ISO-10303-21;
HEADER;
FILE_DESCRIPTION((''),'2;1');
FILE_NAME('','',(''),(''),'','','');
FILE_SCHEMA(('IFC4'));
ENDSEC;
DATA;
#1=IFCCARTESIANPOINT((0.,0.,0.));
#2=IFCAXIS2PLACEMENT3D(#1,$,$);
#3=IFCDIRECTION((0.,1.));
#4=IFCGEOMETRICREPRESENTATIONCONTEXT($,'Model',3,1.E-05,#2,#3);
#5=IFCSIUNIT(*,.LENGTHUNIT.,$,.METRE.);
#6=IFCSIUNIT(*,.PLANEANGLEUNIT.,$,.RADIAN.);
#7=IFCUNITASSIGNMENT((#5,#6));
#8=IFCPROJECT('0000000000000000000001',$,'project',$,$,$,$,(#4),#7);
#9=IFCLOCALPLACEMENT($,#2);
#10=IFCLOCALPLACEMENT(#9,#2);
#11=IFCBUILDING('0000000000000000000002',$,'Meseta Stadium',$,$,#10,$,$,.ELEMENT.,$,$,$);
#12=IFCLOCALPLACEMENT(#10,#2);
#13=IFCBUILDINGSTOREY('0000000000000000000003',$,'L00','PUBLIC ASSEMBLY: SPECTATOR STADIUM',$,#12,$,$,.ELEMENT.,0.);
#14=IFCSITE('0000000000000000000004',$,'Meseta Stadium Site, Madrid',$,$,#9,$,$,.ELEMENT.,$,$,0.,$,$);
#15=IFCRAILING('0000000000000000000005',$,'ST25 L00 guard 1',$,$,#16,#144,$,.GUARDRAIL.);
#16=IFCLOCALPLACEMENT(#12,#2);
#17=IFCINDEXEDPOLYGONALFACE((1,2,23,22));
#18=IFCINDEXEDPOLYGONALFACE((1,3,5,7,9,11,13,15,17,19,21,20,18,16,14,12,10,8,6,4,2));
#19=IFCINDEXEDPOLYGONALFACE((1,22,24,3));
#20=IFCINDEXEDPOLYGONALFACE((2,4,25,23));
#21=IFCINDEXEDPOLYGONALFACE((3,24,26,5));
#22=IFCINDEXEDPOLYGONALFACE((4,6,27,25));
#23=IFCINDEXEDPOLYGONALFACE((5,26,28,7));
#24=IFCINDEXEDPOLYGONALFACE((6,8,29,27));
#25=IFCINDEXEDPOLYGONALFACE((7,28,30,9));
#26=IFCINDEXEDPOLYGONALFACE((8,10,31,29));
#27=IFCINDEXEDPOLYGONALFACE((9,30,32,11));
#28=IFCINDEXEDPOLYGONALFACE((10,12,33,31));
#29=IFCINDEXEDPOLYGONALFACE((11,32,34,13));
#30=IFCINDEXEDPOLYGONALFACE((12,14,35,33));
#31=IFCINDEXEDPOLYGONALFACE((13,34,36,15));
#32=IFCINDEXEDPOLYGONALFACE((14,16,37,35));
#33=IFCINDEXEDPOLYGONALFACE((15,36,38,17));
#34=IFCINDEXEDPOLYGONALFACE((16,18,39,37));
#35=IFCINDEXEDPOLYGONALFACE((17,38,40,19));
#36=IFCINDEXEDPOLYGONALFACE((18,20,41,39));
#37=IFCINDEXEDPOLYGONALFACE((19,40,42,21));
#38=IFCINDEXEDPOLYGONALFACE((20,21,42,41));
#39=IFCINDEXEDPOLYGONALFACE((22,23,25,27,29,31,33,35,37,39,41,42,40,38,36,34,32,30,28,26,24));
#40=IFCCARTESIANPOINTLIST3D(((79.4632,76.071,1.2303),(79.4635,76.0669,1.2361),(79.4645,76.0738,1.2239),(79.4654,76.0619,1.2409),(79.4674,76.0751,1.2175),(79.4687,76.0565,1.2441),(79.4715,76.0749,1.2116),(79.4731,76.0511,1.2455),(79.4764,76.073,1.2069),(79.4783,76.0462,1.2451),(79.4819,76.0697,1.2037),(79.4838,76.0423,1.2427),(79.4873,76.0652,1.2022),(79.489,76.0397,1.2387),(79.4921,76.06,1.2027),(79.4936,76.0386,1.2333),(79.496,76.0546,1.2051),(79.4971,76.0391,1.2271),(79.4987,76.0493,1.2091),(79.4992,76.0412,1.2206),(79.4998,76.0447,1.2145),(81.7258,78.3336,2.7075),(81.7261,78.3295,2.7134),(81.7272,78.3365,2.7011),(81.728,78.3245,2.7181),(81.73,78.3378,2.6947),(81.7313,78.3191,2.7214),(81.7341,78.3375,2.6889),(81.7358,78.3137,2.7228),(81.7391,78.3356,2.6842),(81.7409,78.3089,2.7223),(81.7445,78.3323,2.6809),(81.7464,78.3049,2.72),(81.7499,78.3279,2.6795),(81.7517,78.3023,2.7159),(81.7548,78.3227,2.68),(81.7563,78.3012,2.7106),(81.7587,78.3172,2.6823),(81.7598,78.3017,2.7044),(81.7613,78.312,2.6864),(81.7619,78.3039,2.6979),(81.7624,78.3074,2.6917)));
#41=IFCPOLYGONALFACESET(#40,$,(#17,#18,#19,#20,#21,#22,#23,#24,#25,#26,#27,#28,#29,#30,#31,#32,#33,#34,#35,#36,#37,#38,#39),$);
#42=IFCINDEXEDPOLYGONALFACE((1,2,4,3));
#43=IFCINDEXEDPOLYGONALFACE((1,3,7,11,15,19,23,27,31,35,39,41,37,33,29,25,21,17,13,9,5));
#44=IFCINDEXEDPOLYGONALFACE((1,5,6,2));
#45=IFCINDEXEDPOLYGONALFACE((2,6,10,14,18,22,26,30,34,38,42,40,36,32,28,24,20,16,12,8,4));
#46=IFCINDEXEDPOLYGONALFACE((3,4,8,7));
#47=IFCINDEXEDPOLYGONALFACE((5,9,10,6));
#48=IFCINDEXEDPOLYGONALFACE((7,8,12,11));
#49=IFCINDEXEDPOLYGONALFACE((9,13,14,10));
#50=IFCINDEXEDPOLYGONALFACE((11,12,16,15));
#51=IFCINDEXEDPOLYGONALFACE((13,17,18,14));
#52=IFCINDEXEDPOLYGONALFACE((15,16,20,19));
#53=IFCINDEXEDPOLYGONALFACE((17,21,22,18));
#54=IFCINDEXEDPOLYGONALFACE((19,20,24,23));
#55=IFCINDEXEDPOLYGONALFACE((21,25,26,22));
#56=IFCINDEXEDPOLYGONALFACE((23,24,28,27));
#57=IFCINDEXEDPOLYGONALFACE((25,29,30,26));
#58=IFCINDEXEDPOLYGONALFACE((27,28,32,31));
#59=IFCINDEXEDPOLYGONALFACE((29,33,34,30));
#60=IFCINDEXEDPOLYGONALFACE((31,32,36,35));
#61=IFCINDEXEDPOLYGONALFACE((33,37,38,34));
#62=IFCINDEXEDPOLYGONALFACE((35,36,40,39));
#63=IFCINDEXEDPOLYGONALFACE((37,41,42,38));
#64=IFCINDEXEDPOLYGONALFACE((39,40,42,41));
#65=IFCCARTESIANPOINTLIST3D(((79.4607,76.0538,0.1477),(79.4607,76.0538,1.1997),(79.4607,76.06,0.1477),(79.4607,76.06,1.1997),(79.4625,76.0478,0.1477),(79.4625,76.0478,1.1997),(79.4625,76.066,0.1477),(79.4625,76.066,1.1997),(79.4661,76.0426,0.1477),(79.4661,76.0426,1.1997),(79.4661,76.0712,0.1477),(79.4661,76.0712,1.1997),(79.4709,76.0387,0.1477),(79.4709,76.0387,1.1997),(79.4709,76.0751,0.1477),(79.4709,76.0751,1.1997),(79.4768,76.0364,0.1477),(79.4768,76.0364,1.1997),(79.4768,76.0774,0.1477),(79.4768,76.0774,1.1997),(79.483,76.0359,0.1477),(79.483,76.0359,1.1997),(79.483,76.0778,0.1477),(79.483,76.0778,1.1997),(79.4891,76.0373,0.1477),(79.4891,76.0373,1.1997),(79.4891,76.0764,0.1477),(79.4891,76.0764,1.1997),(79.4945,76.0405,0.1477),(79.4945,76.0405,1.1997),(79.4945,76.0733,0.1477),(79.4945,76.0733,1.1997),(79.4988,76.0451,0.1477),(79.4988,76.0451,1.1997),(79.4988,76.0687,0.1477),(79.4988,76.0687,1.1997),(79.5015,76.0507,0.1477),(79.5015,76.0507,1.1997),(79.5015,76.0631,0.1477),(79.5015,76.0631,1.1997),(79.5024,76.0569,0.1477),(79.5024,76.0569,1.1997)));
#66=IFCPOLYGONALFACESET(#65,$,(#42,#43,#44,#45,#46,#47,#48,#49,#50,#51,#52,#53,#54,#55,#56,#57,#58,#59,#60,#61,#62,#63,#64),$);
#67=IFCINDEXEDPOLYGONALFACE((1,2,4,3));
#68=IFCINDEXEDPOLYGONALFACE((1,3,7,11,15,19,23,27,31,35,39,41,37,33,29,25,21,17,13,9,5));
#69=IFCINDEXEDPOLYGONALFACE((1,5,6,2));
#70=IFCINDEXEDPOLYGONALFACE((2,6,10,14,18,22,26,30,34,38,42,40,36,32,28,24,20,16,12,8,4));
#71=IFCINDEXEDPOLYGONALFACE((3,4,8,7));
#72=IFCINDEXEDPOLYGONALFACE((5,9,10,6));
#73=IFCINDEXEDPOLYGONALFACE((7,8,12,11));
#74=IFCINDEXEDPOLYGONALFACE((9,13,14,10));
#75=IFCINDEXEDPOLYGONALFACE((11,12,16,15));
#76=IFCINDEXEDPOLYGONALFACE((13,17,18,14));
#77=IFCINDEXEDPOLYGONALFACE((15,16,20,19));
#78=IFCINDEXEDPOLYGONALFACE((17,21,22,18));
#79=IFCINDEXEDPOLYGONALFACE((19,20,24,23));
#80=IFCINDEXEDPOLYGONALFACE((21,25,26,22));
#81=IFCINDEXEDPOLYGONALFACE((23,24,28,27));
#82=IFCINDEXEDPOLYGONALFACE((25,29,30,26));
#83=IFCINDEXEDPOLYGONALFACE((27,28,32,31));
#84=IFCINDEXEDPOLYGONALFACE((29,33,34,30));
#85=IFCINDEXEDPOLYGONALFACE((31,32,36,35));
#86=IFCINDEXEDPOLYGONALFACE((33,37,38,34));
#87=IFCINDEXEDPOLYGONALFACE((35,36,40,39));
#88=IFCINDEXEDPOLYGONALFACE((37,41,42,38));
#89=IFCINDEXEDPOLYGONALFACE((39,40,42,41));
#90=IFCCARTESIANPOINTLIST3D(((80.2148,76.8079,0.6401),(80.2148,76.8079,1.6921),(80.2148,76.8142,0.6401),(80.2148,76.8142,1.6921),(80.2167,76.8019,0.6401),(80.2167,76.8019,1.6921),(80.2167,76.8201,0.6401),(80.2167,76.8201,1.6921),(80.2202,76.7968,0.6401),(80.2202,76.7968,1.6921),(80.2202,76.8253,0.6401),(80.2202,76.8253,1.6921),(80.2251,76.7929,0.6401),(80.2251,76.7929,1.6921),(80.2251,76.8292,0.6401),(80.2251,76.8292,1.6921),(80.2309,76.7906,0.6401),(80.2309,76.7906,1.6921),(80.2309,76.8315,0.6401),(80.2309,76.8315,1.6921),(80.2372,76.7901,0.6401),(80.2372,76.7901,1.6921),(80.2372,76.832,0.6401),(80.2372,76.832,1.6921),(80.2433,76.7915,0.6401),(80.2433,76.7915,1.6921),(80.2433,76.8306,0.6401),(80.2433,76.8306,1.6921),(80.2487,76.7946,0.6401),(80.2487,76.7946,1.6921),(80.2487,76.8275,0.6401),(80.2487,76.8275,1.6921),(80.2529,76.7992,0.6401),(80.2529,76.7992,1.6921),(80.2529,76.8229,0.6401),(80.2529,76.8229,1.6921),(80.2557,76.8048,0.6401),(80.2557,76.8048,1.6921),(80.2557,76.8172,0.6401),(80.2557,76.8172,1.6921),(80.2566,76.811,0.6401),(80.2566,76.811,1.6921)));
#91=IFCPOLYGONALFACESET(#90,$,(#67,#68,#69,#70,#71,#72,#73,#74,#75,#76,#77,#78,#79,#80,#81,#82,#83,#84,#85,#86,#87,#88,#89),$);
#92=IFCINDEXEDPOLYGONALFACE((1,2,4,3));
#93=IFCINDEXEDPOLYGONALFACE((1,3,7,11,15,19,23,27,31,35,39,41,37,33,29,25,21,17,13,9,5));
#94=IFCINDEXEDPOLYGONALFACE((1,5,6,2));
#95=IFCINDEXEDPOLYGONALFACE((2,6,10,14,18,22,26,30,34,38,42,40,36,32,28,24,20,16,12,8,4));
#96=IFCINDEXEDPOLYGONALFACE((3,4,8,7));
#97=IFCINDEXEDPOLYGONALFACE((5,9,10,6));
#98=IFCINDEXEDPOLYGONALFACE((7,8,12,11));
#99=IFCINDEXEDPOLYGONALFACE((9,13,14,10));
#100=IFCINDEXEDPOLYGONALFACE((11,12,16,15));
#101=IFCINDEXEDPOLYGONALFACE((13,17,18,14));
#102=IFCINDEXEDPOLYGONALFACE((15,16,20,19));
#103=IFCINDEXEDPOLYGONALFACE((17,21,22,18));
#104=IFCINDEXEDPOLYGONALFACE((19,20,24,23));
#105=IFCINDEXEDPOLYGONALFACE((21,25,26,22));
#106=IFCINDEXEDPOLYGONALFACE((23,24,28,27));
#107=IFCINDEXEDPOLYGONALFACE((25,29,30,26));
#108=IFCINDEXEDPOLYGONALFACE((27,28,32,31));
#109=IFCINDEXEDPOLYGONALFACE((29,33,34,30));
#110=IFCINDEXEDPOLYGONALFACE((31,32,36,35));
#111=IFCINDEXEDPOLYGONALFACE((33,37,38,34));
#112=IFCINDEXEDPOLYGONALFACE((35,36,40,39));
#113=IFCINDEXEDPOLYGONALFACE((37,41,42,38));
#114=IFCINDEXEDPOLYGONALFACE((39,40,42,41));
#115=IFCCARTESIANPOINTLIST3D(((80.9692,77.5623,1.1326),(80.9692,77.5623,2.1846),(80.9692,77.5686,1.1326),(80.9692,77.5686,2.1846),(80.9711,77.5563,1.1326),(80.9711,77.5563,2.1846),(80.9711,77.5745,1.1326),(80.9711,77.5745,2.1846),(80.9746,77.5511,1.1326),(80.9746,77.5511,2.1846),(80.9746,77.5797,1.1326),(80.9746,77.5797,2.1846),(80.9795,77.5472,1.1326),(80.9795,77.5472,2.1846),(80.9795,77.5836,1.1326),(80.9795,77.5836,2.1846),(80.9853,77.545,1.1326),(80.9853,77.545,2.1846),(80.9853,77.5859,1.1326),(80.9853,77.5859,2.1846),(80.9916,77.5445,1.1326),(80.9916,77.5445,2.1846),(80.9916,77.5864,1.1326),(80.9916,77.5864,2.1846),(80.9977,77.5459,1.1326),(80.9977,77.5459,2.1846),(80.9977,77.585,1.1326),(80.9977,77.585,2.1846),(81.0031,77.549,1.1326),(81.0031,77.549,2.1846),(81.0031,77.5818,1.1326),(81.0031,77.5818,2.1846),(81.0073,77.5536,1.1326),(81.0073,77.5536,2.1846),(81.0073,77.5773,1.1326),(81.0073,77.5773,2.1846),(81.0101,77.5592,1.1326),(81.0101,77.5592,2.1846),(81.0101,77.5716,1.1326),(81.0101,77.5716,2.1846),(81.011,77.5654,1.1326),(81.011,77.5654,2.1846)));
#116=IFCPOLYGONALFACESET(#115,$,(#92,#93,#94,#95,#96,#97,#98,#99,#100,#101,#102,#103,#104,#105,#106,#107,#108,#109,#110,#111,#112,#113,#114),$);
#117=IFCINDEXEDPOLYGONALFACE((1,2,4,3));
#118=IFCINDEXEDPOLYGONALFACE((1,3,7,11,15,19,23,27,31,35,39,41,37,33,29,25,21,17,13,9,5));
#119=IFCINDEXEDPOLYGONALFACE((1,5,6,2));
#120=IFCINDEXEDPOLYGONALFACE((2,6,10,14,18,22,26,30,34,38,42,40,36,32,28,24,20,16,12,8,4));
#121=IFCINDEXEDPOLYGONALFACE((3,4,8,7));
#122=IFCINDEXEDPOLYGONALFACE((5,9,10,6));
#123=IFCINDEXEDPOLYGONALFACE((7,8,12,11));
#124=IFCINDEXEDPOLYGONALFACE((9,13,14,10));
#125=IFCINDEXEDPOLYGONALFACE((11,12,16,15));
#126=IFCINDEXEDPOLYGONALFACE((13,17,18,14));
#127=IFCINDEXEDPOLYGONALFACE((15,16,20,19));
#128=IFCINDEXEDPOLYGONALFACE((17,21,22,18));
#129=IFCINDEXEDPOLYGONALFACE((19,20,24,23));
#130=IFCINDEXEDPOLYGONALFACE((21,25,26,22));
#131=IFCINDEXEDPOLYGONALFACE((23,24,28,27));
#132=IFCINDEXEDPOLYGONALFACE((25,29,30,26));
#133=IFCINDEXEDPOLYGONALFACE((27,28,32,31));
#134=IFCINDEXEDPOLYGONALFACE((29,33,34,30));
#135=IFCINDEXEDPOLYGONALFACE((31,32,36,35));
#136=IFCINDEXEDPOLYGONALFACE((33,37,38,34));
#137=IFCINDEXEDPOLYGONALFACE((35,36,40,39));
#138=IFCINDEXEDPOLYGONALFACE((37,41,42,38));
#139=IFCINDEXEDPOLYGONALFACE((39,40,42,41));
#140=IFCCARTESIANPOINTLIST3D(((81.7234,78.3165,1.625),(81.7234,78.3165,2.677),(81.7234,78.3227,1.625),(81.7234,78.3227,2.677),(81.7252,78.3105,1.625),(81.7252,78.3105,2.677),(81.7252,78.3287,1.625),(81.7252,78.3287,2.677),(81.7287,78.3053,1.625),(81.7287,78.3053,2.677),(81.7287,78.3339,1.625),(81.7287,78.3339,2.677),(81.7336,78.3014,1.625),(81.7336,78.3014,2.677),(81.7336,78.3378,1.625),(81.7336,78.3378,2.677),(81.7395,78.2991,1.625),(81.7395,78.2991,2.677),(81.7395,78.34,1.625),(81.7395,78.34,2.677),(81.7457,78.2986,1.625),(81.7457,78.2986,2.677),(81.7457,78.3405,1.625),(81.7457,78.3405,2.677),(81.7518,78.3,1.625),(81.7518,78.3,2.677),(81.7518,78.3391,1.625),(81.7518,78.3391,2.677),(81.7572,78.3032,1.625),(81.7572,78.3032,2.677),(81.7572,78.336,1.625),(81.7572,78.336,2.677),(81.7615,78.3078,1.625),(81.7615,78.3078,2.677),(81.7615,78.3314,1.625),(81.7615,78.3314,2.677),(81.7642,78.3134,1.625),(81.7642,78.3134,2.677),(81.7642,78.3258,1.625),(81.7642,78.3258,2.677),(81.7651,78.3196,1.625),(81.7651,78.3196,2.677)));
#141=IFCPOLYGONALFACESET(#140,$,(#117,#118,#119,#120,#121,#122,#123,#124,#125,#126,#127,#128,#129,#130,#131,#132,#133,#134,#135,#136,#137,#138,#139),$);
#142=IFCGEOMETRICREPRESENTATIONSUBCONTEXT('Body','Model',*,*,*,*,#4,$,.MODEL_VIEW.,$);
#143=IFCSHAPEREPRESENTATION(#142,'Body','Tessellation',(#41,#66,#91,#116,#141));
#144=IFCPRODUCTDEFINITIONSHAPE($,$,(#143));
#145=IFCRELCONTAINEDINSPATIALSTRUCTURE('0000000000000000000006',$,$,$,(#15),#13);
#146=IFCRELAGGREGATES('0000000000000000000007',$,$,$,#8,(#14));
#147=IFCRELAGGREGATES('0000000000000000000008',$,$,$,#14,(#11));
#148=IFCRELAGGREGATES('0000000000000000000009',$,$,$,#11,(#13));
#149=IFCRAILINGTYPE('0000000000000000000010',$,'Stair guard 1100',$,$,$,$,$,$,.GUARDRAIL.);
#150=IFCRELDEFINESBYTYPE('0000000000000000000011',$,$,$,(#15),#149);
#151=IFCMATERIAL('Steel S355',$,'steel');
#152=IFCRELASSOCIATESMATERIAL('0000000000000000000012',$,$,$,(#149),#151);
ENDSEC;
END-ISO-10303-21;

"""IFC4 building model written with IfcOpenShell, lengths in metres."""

from ifc_helpers import new_model, si_unit, direction, frame, origin, origin_2d, place, context, subcontext, project, spatial, circle, extrude, material, type_object, element, save


model = new_model("IFC4")

# Units and contexts
model_context = context("Model", 3, precision=1e-05, world=origin(), true_north=direction((0.0, 1.0)))
body_context = subcontext(model_context, "Body", "Model", "MODEL_VIEW")
ifc_project = project(units=[si_unit("LENGTHUNIT", "METRE"), si_unit("PLANEANGLEUNIT", "RADIAN")], contexts=[model_context])

# Site, building, storey
site_placement = place(None, origin())
site = spatial("IfcSite", under=ifc_project, at=site_placement, Name="Meseta Stadium Site, Madrid", CompositionType="ELEMENT", RefElevation=0.0)
building_placement = place(site_placement, origin())
building = spatial("IfcBuilding", under=site, at=building_placement, Name="Meseta Stadium", CompositionType="ELEMENT")
storey_placement = place(building_placement, origin())
storey = spatial("IfcBuildingStorey", under=building, at=storey_placement, Name="L00", Description="PUBLIC ASSEMBLY: SPECTATOR STADIUM", CompositionType="ELEMENT", Elevation=0.0)

# Railing
ifc_material_1 = material(Name="Steel S355", Category="steel")
railing_type_1 = type_object("IfcRailingType", Name="Stair guard 1100", PredefinedType="GUARDRAIL", material=ifc_material_1)
railing_1_placement = place(storey_placement, frame((79.4814, 76.0569, 0.1477)))
element("IfcRailing", 1, at=railing_1_placement, inside=storey, type_object=railing_type_1, Name="ST25 L00 guard 1", PredefinedType="GUARDRAIL", context=body_context, shape_type="SweptSolid", body=[
    extrude(circle(Radius=0.0239, at=origin_2d()), frame((0.0, 0.0, 1.0762), z_axis=(0.641994, 0.641994, 0.419152), x_axis=(-0.707107, 0.707107, 0.0)), (0.0, 0.0, 1.0), 3.5244),
    extrude(circle(Radius=0.021, at=origin_2d()), origin(), (0.0, 0.0, 1.0), 1.052),
    extrude(circle(Radius=0.021, at=origin_2d()), frame((0.7542, 0.7542, 0.4924)), (0.0, 0.0, 1.0), 1.052),
    extrude(circle(Radius=0.021, at=origin_2d()), frame((1.5085, 1.5085, 0.9849)), (0.0, 0.0, 1.0), 1.052),
    extrude(circle(Radius=0.021, at=origin_2d()), frame((2.2627, 2.2627, 1.4773)), (0.0, 0.0, 1.0), 1.052),
])

save(model, "model.ifc")
